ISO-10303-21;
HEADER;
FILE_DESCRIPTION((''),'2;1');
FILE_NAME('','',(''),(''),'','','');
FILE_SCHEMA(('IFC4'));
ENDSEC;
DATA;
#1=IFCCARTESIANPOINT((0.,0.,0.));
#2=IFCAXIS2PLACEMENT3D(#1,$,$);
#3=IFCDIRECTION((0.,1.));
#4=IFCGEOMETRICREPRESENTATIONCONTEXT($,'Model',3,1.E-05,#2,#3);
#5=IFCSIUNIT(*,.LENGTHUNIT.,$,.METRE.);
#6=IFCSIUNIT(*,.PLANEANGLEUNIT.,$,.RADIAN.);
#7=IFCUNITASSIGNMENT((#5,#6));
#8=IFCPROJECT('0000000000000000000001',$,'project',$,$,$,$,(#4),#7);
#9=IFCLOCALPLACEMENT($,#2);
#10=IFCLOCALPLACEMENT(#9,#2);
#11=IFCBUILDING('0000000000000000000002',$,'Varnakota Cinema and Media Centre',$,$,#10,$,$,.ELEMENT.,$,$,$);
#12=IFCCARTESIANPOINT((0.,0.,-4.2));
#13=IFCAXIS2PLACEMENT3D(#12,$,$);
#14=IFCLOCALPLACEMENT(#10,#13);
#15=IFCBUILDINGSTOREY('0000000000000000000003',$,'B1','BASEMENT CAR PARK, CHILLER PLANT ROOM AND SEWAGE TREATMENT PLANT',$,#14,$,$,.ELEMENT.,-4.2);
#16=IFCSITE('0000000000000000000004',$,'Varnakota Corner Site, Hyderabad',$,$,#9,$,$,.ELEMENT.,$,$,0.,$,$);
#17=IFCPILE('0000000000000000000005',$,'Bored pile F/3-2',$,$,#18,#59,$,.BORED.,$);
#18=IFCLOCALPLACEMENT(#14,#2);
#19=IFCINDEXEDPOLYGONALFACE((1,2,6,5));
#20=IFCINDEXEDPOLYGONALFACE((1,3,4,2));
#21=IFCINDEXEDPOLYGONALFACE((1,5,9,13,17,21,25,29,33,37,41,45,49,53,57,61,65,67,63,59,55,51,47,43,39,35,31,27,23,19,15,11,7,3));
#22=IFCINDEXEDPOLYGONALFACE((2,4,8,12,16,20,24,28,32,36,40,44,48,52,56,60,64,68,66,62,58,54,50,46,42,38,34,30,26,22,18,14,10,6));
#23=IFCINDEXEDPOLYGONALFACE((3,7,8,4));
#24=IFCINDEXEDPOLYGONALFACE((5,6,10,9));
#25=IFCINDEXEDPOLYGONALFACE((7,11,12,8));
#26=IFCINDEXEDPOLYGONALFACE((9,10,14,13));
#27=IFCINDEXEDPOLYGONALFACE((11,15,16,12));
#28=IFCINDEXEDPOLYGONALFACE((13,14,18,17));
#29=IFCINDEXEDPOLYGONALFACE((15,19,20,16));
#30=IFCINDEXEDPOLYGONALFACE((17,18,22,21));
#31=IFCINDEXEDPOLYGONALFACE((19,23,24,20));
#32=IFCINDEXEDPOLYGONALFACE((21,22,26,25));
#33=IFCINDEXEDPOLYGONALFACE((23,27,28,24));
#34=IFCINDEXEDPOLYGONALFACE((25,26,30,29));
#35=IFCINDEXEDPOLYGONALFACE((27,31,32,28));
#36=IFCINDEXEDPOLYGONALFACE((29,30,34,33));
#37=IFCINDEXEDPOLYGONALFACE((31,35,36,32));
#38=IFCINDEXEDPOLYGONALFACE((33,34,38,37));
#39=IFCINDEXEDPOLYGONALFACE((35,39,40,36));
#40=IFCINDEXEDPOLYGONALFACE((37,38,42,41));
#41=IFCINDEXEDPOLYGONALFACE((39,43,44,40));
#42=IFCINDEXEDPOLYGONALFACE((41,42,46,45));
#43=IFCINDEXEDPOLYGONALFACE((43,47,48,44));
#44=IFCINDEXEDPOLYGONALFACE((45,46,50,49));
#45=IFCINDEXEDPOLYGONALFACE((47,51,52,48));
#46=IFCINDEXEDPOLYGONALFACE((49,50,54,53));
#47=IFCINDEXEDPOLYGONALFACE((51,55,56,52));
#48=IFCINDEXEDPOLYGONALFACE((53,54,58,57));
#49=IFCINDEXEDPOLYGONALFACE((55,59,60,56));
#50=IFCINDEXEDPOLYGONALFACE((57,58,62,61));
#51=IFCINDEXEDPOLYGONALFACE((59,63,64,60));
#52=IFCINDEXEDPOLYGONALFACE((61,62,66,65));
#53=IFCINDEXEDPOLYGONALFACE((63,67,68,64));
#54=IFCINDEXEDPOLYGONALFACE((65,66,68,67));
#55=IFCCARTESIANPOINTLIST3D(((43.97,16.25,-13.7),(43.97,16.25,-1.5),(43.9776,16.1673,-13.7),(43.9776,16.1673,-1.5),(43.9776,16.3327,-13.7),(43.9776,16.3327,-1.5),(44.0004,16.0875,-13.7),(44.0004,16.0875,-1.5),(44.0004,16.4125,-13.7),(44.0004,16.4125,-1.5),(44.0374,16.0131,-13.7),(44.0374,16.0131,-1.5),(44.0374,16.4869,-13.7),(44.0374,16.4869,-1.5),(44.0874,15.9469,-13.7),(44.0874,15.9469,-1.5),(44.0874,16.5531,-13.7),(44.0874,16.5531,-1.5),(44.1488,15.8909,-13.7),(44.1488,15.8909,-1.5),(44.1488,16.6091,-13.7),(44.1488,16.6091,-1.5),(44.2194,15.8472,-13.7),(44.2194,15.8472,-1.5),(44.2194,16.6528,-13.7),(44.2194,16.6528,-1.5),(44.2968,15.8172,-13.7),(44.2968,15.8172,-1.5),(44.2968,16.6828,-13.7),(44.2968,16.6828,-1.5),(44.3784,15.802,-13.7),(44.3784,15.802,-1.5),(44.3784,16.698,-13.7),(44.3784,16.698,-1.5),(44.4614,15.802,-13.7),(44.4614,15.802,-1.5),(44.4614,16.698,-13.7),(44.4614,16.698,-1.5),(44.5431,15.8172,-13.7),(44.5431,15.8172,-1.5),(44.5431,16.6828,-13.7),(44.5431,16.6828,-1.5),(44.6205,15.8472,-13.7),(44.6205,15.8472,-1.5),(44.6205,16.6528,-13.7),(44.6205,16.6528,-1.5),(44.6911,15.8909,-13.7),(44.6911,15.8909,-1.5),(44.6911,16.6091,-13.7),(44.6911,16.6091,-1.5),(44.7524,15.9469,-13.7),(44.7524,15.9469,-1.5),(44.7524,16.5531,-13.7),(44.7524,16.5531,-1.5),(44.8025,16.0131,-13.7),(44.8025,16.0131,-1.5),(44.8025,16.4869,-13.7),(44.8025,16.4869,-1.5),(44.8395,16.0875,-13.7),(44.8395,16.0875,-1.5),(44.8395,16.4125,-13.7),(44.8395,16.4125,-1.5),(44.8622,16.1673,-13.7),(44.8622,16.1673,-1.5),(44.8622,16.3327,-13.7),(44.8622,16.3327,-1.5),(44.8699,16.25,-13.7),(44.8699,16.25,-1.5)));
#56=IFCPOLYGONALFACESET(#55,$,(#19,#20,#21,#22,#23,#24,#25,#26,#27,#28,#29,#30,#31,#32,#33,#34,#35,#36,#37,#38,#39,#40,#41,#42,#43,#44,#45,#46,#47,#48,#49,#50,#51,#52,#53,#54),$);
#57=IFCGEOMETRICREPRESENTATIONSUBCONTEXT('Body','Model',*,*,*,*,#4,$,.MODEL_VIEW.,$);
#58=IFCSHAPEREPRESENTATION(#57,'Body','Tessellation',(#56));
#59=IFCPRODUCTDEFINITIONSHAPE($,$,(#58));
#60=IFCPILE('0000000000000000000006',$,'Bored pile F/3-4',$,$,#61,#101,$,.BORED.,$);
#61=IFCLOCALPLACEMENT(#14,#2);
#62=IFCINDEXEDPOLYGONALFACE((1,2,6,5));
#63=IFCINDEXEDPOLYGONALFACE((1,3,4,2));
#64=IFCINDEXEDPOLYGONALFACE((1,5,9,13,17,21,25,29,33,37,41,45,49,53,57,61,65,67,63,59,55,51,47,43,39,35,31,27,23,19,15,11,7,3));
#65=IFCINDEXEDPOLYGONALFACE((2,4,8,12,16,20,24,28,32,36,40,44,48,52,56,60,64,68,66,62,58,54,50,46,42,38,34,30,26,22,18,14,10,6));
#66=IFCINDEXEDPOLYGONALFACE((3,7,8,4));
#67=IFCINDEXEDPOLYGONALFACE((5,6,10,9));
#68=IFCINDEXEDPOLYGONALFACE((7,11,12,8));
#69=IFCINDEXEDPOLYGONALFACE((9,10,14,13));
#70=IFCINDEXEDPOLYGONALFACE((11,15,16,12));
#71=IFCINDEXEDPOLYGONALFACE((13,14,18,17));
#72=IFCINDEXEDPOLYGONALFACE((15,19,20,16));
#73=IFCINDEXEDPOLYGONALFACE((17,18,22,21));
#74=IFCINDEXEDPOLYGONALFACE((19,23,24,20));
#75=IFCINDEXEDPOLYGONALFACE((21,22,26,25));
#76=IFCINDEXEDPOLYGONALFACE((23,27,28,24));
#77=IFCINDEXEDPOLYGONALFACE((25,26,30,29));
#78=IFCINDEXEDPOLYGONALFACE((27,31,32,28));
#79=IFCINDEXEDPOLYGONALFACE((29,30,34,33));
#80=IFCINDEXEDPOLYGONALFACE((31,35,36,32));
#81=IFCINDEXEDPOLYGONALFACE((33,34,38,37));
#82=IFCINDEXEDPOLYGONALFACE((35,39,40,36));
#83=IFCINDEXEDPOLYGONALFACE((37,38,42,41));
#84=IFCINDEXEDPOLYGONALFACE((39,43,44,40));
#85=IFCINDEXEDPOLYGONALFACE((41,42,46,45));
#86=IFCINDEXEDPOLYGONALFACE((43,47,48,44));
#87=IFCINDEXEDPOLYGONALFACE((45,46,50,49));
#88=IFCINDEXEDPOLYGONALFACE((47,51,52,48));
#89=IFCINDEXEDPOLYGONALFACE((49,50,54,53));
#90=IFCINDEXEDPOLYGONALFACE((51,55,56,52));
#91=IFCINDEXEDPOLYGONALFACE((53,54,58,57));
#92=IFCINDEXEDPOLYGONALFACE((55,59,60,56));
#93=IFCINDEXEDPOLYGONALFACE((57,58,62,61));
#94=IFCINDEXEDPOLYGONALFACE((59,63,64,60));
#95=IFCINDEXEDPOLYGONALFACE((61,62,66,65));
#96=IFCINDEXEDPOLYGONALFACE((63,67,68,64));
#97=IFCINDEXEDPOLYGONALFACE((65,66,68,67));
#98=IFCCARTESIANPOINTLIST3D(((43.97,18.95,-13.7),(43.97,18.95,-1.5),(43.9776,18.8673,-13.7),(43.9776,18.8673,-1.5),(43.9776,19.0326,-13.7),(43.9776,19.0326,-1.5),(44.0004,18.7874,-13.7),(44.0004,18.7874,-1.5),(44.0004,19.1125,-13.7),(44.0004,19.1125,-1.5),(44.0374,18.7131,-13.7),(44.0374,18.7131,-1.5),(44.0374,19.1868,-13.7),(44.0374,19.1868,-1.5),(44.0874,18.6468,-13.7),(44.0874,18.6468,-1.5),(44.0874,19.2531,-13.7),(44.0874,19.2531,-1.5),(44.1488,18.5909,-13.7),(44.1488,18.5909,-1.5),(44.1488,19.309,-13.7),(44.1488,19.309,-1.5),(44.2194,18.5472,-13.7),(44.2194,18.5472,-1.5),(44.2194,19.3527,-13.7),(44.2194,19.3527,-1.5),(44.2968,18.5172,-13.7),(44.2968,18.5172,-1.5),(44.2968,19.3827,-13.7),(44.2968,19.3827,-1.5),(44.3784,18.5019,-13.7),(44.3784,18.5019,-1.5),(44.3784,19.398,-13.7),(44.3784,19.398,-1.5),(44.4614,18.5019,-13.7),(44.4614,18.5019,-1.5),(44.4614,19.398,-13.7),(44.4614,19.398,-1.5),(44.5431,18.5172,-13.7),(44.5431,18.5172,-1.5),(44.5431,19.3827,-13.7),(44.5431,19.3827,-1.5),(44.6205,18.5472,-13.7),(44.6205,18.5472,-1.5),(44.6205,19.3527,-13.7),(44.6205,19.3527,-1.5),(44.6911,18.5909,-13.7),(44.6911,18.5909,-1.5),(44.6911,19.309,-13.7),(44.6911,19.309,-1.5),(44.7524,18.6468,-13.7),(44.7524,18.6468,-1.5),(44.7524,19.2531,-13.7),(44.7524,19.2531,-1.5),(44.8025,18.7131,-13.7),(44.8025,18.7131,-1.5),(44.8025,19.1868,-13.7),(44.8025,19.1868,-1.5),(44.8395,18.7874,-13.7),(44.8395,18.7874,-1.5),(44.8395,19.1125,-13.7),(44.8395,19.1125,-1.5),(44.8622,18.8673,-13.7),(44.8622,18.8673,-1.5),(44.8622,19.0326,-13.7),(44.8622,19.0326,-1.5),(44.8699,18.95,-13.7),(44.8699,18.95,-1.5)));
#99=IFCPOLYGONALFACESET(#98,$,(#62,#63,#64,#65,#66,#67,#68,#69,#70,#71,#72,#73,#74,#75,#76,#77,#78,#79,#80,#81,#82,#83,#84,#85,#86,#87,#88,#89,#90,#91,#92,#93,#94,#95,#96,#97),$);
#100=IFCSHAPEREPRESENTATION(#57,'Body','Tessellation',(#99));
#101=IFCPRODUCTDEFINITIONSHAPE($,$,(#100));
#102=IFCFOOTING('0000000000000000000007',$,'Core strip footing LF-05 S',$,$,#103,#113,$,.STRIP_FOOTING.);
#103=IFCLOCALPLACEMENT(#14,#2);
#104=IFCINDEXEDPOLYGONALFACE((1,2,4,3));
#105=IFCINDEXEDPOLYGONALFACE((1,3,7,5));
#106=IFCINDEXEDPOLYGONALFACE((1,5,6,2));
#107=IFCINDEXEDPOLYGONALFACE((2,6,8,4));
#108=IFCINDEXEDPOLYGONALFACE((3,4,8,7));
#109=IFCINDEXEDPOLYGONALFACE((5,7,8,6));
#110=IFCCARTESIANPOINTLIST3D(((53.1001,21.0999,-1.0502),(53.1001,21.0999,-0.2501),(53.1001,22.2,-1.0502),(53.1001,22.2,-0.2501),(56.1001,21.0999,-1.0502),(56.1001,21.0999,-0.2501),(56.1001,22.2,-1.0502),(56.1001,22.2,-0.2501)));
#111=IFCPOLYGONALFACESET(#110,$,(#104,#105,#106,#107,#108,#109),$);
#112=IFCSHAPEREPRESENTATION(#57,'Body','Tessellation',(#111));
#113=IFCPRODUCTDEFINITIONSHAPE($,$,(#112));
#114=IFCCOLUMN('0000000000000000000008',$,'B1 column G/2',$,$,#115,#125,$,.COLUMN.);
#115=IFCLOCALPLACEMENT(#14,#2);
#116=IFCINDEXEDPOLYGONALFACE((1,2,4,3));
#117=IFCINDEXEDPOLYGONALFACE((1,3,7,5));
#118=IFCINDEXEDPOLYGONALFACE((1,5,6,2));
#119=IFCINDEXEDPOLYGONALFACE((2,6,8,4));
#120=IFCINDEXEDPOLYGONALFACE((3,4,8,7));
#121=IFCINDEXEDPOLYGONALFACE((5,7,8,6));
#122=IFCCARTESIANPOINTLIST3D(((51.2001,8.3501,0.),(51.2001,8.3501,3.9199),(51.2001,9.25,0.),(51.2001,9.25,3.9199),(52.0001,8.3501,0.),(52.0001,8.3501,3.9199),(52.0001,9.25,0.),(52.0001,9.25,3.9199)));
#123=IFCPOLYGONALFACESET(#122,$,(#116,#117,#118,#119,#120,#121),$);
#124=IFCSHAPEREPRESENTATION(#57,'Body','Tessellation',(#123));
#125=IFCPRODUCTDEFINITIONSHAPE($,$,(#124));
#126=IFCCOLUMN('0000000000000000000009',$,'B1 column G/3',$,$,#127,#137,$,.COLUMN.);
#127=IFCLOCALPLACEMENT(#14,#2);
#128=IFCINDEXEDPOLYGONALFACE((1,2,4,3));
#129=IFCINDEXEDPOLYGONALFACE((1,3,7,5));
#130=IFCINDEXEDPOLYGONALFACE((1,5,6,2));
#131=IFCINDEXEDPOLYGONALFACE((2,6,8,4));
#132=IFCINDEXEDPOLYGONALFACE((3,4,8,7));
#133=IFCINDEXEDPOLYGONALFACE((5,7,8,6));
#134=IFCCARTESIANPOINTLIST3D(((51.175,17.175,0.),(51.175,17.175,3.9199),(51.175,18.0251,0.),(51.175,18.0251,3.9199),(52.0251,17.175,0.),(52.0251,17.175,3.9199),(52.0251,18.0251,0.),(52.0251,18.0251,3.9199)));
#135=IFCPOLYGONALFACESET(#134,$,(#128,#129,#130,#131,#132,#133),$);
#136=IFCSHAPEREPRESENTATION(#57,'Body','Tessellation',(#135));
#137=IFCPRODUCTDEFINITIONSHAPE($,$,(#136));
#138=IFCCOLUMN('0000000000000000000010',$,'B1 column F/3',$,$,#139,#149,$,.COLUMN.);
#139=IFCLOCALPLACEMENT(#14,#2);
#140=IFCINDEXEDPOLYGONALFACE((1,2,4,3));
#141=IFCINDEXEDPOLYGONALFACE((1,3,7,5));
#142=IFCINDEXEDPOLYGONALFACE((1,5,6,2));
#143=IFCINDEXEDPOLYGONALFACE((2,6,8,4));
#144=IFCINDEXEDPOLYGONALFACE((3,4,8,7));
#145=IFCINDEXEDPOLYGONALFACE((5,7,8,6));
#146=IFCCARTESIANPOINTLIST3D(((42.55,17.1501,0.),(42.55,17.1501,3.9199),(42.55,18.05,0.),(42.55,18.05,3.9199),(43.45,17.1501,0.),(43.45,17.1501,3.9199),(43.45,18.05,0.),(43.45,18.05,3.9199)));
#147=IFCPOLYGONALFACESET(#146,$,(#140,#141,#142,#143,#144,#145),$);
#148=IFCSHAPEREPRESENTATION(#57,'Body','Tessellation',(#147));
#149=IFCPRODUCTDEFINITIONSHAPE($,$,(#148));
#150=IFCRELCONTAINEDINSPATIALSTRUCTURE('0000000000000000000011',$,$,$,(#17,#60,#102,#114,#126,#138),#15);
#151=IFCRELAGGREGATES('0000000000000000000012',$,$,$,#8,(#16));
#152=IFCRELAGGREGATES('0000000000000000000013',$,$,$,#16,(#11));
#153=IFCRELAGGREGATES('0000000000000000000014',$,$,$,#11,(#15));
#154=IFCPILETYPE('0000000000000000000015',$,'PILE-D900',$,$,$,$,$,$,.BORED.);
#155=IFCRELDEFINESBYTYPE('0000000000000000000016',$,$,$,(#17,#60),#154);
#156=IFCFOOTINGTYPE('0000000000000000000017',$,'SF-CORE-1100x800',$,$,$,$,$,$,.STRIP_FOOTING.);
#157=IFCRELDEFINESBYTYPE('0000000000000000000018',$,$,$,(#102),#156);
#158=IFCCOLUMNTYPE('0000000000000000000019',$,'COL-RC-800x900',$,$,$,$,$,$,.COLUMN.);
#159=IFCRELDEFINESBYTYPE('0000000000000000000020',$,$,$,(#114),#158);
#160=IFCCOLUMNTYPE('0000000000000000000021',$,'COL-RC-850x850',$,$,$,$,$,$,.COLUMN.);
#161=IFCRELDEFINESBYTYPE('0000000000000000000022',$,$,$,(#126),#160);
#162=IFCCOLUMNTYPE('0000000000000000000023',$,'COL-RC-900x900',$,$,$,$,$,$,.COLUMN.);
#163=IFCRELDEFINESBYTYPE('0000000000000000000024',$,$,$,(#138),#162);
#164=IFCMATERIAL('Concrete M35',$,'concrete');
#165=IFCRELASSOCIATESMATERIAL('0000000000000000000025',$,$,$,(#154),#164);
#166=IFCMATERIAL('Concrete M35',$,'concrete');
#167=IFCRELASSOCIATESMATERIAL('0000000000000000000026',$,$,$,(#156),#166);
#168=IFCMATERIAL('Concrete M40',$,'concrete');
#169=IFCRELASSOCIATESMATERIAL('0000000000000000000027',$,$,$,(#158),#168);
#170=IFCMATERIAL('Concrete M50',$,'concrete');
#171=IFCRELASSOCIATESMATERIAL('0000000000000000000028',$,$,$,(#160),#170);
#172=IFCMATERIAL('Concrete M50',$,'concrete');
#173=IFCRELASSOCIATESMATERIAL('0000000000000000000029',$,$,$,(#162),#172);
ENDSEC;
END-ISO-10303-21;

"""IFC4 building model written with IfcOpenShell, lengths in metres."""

from ifc_helpers import new_model, si_unit, direction, frame, origin, origin_2d, place, context, subcontext, project, spatial, rectangle, circle, extrude, material, material_profile, profile_set, type_object, element, save


model = new_model("IFC4")

# Units and contexts
model_context = context("Model", 3, precision=1e-05, world=origin(), true_north=direction((0.0, 1.0)))
body_context = subcontext(model_context, "Body", "Model", "MODEL_VIEW")
ifc_project = project(units=[si_unit("LENGTHUNIT", "METRE"), si_unit("PLANEANGLEUNIT", "RADIAN")], contexts=[model_context])

# Site, building, storey
site_placement = place(None, origin())
site = spatial("IfcSite", under=ifc_project, at=site_placement, Name="Varnakota Corner Site, Hyderabad", CompositionType="ELEMENT", RefElevation=0.0)
building_placement = place(site_placement, origin())
building = spatial("IfcBuilding", under=site, at=building_placement, Name="Varnakota Cinema and Media Centre", CompositionType="ELEMENT")
storey_placement = place(building_placement, frame((0.0, 0.0, -4.2)))
storey = spatial("IfcBuildingStorey", under=building, at=storey_placement, Name="B1", Description="BASEMENT CAR PARK, CHILLER PLANT ROOM AND SEWAGE TREATMENT PLANT", CompositionType="ELEMENT", Elevation=-4.2)

# Piles
ifc_material_1 = material(Name="Concrete M35", Category="concrete")
ifc_material_profile_1 = material_profile(ifc_material_1, circle(Radius=0.45, at=origin_2d()), Name="PILE D900")
ifc_profile_set_1 = profile_set([ifc_material_profile_1], Name="Concrete M35")
pile_type_1 = type_object("IfcPileType", Name="PILE-D900", PredefinedType="BORED", material=ifc_profile_set_1)
for number, where, z_axis, x_axis, name in (
    (1, (44.4199, 16.25, -1.5), (0.0, 0.0, -1.0), (1.0, 0.0, 0.0), "Bored pile F/3-2"),
    (2, (44.4199, 18.95, -1.5), (0.0, 0.0, -1.0), (1.0, 0.0, 0.0), "Bored pile F/3-4"),
):
    element("IfcPile", number, at=place(storey_placement, frame(where, z_axis=z_axis, x_axis=x_axis)), inside=storey, type_object=pile_type_1, Name=name, PredefinedType="BORED", context=body_context, shape_type="SweptSolid", body=[
        extrude(circle(Radius=0.45, at=origin_2d()), origin(), (0.0, 0.0, 1.0), 12.2),
    ])

# Footing
ifc_material_2 = material(Name="Concrete M35", Category="concrete")
ifc_material_profile_2 = material_profile(ifc_material_2, rectangle(XDim=1.1001, YDim=0.8, at=origin_2d()), Name="SF 1100x800")
ifc_profile_set_2 = profile_set([ifc_material_profile_2], Name="Concrete M35")
footing_type_1 = type_object("IfcFootingType", Name="SF-CORE-1100x800", PredefinedType="STRIP_FOOTING", material=ifc_profile_set_2)
footing_1_placement = place(storey_placement, frame((53.1001, 21.6499, -0.6501), z_axis=(1.0, 0.0, 0.0), x_axis=(0.0, 1.0, 0.0)))
element("IfcFooting", 3, at=footing_1_placement, inside=storey, type_object=footing_type_1, Name="Core strip footing LF-05 S", PredefinedType="STRIP_FOOTING", context=body_context, shape_type="SweptSolid", body=[
    extrude(rectangle(XDim=1.1001, YDim=0.8, at=origin_2d()), origin(), (0.0, 0.0, 1.0), 3.0),
])

# Columns
ifc_material_3 = material(Name="Concrete M40", Category="concrete")
ifc_material_profile_3 = material_profile(ifc_material_3, rectangle(XDim=0.8, YDim=0.8999, at=origin_2d()), Name="RC 800x900")
ifc_profile_set_3 = profile_set([ifc_material_profile_3], Name="Concrete M40")
column_type_1 = type_object("IfcColumnType", Name="COL-RC-800x900", PredefinedType="COLUMN", material=ifc_profile_set_3)
column_1_placement = place(storey_placement, frame((51.6001, 8.8, 0.0), z_axis=(0.0, 0.0, 1.0), x_axis=(1.0, 0.0, 0.0)))
element("IfcColumn", 4, at=column_1_placement, inside=storey, type_object=column_type_1, Name="B1 column G/2", PredefinedType="COLUMN", context=body_context, shape_type="SweptSolid", body=[
    extrude(rectangle(XDim=0.8, YDim=0.8999, at=origin_2d()), origin(), (0.0, 0.0, 1.0), 3.9199),
])
ifc_material_4 = material(Name="Concrete M50", Category="concrete")
ifc_material_profile_4 = material_profile(ifc_material_4, rectangle(XDim=0.8501, YDim=0.8501, at=origin_2d()), Name="RC 850x850")
ifc_profile_set_4 = profile_set([ifc_material_profile_4], Name="Concrete M50")
column_type_2 = type_object("IfcColumnType", Name="COL-RC-850x850", PredefinedType="COLUMN", material=ifc_profile_set_4)
column_2_placement = place(storey_placement, frame((51.6001, 17.6001, 0.0), z_axis=(0.0, 0.0, 1.0), x_axis=(1.0, 0.0, 0.0)))
element("IfcColumn", 5, at=column_2_placement, inside=storey, type_object=column_type_2, Name="B1 column G/3", PredefinedType="COLUMN", context=body_context, shape_type="SweptSolid", body=[
    extrude(rectangle(XDim=0.8501, YDim=0.8501, at=origin_2d()), origin(), (0.0, 0.0, 1.0), 3.9199),
])
ifc_material_5 = material(Name="Concrete M50", Category="concrete")
ifc_material_profile_5 = material_profile(ifc_material_5, rectangle(XDim=0.8999, YDim=0.8999, at=origin_2d()), Name="RC 900x900")
ifc_profile_set_5 = profile_set([ifc_material_profile_5], Name="Concrete M50")
column_type_3 = type_object("IfcColumnType", Name="COL-RC-900x900", PredefinedType="COLUMN", material=ifc_profile_set_5)
column_3_placement = place(storey_placement, frame((43.0, 17.6001, 0.0), z_axis=(0.0, 0.0, 1.0), x_axis=(1.0, 0.0, 0.0)))
element("IfcColumn", 6, at=column_3_placement, inside=storey, type_object=column_type_3, Name="B1 column F/3", PredefinedType="COLUMN", context=body_context, shape_type="SweptSolid", body=[
    extrude(rectangle(XDim=0.8999, YDim=0.8999, at=origin_2d()), origin(), (0.0, 0.0, 1.0), 3.9199),
])

save(model, "model.ifc")
